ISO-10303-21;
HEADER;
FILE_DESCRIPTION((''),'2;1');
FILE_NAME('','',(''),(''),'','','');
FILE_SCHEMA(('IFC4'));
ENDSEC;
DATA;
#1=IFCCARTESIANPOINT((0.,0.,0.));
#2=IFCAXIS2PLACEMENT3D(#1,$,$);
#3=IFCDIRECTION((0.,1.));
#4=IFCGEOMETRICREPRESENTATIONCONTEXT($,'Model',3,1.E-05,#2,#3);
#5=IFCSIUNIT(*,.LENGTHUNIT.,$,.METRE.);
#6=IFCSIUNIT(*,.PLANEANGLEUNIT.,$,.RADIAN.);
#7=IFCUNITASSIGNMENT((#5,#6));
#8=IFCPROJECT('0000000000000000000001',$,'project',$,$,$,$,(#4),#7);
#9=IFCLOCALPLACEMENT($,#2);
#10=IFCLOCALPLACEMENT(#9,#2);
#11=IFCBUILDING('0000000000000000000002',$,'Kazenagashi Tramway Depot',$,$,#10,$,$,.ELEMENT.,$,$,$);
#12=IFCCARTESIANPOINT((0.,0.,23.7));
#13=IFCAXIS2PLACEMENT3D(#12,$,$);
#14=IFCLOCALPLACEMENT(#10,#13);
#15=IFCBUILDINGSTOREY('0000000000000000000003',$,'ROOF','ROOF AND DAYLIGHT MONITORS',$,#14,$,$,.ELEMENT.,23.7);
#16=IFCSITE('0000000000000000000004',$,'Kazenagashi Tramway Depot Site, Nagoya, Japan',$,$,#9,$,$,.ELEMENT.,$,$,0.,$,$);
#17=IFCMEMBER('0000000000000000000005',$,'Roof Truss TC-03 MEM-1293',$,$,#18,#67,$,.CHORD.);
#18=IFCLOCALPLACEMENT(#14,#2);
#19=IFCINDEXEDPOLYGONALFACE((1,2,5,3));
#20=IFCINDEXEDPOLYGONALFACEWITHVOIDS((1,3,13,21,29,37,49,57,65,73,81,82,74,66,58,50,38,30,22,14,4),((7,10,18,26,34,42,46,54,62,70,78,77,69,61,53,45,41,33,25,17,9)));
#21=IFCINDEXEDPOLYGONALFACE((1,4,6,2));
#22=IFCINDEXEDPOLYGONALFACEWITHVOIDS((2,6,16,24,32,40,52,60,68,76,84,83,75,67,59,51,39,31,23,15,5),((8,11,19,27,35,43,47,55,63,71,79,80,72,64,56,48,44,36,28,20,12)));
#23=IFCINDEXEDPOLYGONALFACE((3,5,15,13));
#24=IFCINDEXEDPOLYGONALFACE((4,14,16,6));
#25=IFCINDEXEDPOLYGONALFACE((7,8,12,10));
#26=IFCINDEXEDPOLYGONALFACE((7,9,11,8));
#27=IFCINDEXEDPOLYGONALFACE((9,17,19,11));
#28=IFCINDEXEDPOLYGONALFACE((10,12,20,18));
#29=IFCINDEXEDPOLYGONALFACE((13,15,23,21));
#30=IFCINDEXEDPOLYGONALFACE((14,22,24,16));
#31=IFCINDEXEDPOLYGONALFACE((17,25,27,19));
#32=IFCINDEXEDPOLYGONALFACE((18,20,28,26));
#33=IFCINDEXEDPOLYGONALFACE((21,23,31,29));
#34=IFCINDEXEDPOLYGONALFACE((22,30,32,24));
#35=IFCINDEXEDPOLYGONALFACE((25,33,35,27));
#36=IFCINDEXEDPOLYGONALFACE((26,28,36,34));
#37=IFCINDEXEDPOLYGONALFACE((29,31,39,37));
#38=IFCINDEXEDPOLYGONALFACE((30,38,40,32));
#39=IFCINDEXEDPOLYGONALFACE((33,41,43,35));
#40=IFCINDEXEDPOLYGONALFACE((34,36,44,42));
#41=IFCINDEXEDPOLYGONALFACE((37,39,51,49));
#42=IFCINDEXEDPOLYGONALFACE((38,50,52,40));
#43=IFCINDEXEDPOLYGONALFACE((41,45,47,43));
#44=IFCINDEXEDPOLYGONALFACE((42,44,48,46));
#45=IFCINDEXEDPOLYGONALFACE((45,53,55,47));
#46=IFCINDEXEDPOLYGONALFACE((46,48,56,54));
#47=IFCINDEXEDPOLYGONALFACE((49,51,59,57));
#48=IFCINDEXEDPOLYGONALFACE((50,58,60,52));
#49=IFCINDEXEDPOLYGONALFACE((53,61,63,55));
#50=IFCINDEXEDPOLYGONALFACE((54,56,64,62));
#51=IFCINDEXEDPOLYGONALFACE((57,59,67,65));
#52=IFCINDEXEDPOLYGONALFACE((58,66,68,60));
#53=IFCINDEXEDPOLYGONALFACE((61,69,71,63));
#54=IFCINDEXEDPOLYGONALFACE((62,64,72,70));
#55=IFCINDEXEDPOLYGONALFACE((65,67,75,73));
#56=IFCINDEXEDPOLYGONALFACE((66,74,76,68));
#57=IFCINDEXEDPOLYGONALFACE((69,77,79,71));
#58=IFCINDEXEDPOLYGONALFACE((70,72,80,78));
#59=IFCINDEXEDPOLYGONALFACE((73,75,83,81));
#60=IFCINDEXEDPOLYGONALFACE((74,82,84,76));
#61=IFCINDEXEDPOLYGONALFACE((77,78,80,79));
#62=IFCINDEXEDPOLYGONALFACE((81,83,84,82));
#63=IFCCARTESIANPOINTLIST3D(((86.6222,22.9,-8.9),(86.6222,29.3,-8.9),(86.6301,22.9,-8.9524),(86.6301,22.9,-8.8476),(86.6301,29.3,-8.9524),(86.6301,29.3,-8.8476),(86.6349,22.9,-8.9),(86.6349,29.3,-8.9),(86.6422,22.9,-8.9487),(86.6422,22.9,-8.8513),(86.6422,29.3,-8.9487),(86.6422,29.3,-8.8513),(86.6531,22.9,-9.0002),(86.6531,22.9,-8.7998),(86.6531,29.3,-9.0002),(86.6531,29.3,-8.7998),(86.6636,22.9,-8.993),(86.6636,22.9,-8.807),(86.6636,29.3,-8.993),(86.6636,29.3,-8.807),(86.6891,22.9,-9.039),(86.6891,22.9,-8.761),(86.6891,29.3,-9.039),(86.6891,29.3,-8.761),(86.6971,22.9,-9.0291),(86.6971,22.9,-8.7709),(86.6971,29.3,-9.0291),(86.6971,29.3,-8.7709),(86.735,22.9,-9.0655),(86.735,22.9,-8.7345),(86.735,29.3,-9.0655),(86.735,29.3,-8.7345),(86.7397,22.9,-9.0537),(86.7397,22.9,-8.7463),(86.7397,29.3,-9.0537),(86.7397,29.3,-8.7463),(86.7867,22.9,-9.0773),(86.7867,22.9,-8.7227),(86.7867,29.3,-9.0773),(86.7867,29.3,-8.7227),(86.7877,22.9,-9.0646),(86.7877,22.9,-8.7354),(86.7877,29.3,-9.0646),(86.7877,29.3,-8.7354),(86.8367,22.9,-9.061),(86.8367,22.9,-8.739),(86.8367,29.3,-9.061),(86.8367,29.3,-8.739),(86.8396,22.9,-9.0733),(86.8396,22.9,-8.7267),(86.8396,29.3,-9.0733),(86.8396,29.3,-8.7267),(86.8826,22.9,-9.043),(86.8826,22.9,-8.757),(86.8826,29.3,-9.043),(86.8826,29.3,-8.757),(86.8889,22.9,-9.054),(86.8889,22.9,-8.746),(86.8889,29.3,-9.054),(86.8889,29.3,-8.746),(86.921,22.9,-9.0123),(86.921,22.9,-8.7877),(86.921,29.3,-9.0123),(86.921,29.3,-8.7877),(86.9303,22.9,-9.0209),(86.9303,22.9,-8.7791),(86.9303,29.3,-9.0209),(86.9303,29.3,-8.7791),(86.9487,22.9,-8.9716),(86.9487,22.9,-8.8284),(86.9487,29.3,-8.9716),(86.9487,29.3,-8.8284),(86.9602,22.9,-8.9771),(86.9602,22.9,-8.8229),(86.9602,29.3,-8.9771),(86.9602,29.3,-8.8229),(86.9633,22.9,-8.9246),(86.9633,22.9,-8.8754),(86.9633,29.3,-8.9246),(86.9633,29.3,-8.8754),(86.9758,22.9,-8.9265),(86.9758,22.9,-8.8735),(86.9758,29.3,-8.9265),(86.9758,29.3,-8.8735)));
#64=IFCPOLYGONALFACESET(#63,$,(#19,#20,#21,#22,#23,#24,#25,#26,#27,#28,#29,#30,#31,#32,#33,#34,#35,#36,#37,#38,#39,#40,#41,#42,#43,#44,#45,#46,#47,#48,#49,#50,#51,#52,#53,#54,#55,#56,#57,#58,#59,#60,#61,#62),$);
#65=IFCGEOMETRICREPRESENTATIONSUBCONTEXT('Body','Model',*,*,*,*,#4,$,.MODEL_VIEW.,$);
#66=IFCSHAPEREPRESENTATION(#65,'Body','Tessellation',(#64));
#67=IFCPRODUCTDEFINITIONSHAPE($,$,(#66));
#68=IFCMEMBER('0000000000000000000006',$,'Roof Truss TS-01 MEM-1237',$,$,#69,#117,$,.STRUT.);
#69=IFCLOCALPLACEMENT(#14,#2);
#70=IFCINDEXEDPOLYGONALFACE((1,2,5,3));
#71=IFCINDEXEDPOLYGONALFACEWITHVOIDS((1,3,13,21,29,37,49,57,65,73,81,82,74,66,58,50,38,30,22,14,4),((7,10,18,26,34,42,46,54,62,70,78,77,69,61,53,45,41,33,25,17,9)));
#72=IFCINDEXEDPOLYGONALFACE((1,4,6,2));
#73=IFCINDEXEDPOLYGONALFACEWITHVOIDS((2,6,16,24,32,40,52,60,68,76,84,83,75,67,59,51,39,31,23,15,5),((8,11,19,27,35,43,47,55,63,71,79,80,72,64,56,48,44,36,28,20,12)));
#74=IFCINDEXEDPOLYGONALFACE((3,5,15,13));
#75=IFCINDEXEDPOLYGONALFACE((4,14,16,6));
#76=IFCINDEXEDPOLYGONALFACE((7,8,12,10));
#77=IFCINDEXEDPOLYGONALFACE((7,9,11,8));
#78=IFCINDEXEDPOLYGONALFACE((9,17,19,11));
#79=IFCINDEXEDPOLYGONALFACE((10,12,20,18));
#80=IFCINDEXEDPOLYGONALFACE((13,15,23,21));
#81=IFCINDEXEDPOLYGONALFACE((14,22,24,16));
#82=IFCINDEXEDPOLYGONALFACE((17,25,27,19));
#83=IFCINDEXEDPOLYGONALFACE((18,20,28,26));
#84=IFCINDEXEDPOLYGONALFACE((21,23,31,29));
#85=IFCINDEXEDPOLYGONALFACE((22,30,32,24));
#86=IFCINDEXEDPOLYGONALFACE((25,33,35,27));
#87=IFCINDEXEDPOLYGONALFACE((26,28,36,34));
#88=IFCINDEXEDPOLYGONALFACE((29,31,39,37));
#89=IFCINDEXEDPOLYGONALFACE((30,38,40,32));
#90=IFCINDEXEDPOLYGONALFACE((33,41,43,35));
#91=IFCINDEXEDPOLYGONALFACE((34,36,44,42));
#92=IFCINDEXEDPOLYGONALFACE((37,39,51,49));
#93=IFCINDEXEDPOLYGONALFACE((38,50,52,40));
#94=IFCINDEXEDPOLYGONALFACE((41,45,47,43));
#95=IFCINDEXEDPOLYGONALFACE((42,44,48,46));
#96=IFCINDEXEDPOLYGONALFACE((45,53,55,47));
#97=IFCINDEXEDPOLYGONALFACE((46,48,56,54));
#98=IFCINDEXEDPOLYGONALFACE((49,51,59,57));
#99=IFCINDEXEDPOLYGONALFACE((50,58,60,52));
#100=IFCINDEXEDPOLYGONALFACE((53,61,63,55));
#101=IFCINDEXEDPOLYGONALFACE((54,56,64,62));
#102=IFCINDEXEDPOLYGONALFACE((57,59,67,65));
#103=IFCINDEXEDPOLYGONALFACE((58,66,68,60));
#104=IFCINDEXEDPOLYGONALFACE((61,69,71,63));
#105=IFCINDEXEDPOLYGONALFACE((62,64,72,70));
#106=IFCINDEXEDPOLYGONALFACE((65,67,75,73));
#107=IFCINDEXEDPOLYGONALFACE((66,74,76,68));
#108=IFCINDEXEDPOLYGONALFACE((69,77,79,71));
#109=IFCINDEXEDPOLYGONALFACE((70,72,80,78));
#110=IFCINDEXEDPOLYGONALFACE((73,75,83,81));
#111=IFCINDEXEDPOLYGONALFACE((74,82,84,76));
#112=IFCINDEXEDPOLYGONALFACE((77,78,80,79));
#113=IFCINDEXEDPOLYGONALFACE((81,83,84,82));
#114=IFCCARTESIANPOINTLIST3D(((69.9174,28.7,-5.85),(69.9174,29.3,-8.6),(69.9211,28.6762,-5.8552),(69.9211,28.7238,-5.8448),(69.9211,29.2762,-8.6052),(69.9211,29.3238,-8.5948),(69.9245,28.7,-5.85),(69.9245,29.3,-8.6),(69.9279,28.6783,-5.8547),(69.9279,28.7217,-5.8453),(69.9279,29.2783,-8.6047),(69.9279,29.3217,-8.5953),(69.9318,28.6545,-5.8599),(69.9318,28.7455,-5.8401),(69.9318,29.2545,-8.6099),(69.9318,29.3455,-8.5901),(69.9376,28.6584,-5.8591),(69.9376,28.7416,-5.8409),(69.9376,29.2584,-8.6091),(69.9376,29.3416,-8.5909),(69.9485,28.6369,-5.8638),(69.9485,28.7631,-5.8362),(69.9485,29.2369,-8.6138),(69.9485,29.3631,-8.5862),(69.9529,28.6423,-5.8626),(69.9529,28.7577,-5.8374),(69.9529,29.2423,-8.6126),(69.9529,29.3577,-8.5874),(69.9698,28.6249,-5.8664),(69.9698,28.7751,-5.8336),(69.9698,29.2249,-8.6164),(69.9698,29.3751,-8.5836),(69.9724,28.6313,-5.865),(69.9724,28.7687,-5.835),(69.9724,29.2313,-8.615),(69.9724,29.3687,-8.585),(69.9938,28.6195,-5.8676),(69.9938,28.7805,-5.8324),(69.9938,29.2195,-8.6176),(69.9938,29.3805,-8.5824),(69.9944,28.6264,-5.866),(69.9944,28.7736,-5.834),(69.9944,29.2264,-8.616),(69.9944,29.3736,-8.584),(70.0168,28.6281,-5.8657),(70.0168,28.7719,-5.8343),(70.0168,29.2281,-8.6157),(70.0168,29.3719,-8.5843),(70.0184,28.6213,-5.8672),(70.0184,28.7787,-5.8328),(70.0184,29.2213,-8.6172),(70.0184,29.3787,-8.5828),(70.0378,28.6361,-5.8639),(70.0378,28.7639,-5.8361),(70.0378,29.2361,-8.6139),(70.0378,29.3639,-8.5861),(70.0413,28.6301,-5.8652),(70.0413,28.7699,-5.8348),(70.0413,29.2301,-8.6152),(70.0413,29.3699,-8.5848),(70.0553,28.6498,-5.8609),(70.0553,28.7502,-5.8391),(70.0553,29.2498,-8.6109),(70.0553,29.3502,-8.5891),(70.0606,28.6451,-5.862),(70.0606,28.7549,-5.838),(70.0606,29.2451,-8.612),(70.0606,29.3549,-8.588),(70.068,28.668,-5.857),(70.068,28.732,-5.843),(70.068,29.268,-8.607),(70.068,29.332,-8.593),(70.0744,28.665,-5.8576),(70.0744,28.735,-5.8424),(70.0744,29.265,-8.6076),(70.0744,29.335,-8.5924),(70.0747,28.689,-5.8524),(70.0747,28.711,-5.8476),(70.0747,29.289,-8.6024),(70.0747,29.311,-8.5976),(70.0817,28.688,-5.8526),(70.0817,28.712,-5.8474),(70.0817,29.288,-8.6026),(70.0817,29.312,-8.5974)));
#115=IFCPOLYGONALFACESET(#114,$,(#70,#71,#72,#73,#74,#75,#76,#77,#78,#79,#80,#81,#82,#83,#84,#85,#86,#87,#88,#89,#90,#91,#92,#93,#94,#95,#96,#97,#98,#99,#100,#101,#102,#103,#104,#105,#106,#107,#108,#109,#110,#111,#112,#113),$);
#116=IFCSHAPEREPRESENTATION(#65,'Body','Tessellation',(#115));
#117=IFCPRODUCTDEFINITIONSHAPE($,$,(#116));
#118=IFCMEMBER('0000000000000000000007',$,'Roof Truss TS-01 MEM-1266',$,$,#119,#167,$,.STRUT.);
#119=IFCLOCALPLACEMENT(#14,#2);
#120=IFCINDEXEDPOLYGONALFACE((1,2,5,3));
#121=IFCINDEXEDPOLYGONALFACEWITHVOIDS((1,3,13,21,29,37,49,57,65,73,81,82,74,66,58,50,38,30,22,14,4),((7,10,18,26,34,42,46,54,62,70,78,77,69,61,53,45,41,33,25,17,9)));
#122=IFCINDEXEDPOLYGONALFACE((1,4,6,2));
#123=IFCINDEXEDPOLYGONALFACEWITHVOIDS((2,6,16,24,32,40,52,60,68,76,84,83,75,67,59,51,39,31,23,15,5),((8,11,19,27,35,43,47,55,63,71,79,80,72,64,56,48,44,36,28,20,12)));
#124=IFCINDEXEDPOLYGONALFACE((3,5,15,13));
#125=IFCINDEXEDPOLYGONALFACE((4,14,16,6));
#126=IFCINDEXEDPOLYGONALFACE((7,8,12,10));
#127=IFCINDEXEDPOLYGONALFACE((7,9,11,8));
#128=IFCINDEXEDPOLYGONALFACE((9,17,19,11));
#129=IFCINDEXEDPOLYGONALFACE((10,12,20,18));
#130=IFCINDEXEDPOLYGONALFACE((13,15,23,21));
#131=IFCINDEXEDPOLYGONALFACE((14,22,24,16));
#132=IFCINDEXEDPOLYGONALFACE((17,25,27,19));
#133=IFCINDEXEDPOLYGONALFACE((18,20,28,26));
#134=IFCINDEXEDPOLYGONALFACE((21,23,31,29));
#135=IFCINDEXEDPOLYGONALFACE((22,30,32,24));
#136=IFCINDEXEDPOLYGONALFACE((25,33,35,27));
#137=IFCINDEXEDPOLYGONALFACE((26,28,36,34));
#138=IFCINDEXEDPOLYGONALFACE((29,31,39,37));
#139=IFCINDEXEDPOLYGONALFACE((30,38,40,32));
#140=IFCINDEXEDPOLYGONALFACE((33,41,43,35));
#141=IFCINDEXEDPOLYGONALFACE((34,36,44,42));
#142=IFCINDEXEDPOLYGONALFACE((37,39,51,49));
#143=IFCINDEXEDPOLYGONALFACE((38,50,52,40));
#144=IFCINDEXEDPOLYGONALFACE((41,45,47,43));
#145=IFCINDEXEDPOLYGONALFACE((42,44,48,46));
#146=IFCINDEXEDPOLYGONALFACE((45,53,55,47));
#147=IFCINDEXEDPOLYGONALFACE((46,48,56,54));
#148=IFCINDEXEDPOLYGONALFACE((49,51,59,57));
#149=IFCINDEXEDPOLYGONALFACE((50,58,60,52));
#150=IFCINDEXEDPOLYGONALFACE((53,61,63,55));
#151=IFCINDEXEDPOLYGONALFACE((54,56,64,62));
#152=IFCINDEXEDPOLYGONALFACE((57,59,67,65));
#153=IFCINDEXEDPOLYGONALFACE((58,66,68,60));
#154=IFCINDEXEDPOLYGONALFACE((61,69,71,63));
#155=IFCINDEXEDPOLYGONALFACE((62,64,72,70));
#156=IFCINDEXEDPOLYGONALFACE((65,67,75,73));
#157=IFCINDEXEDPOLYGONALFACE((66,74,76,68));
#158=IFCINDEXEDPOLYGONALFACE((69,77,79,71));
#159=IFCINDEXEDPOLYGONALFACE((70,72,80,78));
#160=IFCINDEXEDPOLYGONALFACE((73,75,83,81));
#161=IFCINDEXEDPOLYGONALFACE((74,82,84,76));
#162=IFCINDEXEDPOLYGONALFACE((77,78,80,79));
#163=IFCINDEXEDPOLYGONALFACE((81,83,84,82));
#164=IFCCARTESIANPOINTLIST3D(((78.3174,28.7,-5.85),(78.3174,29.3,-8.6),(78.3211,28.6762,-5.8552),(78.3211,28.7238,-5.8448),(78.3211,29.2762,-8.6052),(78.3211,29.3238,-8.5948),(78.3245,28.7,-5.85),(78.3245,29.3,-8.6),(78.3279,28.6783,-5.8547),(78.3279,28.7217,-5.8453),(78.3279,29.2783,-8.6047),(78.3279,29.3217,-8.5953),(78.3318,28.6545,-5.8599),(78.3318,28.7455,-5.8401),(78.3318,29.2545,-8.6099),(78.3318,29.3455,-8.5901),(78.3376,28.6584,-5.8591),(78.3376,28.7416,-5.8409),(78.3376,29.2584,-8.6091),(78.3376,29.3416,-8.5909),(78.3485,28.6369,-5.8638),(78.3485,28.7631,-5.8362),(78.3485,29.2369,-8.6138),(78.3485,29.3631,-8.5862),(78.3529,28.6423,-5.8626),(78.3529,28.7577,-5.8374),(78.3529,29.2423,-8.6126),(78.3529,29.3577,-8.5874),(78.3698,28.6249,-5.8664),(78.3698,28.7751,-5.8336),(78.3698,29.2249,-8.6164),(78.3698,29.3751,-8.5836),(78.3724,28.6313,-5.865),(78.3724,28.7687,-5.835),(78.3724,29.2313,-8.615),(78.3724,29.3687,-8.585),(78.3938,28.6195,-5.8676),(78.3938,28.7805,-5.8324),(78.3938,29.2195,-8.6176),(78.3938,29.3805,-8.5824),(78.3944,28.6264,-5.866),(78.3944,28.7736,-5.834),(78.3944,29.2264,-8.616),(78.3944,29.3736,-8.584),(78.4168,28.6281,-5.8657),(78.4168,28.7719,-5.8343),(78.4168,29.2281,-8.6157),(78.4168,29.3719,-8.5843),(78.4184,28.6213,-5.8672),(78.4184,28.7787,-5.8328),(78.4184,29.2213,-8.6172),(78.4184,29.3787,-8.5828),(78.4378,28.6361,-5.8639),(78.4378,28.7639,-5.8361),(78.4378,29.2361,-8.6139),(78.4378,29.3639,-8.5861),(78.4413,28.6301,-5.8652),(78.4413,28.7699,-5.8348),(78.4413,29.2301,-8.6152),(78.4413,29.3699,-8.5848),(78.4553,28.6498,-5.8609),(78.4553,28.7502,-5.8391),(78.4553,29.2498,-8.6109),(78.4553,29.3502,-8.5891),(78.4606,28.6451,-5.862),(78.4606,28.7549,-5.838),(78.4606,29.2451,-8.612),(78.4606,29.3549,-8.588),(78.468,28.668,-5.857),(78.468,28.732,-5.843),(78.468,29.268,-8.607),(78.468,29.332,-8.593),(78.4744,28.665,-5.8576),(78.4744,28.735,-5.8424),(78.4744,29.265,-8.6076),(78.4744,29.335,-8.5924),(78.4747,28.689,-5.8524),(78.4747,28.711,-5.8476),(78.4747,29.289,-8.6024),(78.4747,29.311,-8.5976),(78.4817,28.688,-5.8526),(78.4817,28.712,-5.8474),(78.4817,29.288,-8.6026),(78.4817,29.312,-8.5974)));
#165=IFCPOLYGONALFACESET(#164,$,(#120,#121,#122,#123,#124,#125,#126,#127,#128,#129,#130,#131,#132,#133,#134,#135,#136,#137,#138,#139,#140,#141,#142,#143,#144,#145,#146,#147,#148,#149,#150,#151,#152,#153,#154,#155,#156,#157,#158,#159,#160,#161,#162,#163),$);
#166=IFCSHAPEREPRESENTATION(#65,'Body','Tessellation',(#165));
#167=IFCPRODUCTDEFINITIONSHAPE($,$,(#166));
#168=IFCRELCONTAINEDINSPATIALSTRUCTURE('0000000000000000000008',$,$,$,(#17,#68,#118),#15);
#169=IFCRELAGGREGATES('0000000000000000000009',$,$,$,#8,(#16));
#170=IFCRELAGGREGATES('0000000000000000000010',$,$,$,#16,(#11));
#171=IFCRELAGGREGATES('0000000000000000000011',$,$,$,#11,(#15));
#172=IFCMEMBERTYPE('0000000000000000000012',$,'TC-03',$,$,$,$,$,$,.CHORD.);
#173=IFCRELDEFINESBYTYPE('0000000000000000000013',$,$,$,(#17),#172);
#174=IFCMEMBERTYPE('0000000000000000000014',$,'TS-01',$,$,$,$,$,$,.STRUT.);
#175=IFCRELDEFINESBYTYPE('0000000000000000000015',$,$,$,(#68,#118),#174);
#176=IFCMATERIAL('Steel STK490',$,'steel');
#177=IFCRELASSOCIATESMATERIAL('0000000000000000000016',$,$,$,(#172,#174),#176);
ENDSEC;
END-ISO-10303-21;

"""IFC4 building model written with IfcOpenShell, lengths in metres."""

from ifc_helpers import new_model, si_unit, direction, frame, origin, origin_2d, place, context, subcontext, project, spatial, hollow_circle, extrude, material, material_profile, profile_set, type_object, element, save


model = new_model("IFC4")

# Units and contexts
model_context = context("Model", 3, precision=1e-05, world=origin(), true_north=direction((0.0, 1.0)))
body_context = subcontext(model_context, "Body", "Model", "MODEL_VIEW")
ifc_project = project(units=[si_unit("LENGTHUNIT", "METRE"), si_unit("PLANEANGLEUNIT", "RADIAN")], contexts=[model_context])

# Site, building, storey
site_placement = place(None, origin())
site = spatial("IfcSite", under=ifc_project, at=site_placement, Name="Kazenagashi Tramway Depot Site, Nagoya, Japan", CompositionType="ELEMENT", RefElevation=0.0)
building_placement = place(site_placement, origin())
building = spatial("IfcBuilding", under=site, at=building_placement, Name="Kazenagashi Tramway Depot", CompositionType="ELEMENT")
storey_placement = place(building_placement, frame((0.0, 0.0, 23.7)))
storey = spatial("IfcBuildingStorey", under=building, at=storey_placement, Name="ROOF", Description="ROOF AND DAYLIGHT MONITORS", CompositionType="ELEMENT", Elevation=23.7)

# Members
ifc_material_1 = material(Name="Steel STK490", Category="steel")
ifc_material_profile_1 = material_profile(ifc_material_1, hollow_circle(Radius=0.1778, WallThickness=0.0127, at=origin_2d()), Name="CHS-355.6x12.7")
ifc_profile_set_1 = profile_set([ifc_material_profile_1], Name="Steel STK490")
member_type_1 = type_object("IfcMemberType", Name="TC-03", PredefinedType="CHORD", material=ifc_profile_set_1)
for number, where, z_axis, x_axis, name in (
    (1, (86.8, 22.9, -8.9), (0.0, 1.0, 0.0), (-1.0, 0.0, 0.0), "Roof Truss TC-03 MEM-1293"),
):
    element("IfcMember", number, at=place(storey_placement, frame(where, z_axis=z_axis, x_axis=x_axis)), inside=storey, type_object=member_type_1, Name=name, PredefinedType="CHORD", context=body_context, shape_type="SweptSolid", body=[
        extrude(hollow_circle(Radius=0.1778, WallThickness=0.0127, at=origin_2d()), origin(), (0.0, 0.0, 1.0), 6.4),
    ])
ifc_material_profile_2 = material_profile(ifc_material_1, hollow_circle(Radius=0.0826, WallThickness=0.0071, at=origin_2d()), Name="CHS-165.2x7.1")
ifc_profile_set_2 = profile_set([ifc_material_profile_2], Name="Steel STK490")
member_type_2 = type_object("IfcMemberType", Name="TS-01", PredefinedType="STRUT", material=ifc_profile_set_2)
for number, where, z_axis, x_axis, name in (
    (2, (70.0, 28.7, -5.85), (0.0, 0.213167, -0.977016), (-1.0, 0.0, 0.0), "Roof Truss TS-01 MEM-1237"),
    (3, (78.4, 28.7, -5.85), (0.0, 0.213167, -0.977016), (-1.0, 0.0, 0.0), "Roof Truss TS-01 MEM-1266"),
):
    element("IfcMember", number, at=place(storey_placement, frame(where, z_axis=z_axis, x_axis=x_axis)), inside=storey, type_object=member_type_2, Name=name, PredefinedType="STRUT", context=body_context, shape_type="SweptSolid", body=[
        extrude(hollow_circle(Radius=0.0826, WallThickness=0.0071, at=origin_2d()), origin(), (0.0, 0.0, 1.0), 2.8147),
    ])

save(model, "model.ifc")
